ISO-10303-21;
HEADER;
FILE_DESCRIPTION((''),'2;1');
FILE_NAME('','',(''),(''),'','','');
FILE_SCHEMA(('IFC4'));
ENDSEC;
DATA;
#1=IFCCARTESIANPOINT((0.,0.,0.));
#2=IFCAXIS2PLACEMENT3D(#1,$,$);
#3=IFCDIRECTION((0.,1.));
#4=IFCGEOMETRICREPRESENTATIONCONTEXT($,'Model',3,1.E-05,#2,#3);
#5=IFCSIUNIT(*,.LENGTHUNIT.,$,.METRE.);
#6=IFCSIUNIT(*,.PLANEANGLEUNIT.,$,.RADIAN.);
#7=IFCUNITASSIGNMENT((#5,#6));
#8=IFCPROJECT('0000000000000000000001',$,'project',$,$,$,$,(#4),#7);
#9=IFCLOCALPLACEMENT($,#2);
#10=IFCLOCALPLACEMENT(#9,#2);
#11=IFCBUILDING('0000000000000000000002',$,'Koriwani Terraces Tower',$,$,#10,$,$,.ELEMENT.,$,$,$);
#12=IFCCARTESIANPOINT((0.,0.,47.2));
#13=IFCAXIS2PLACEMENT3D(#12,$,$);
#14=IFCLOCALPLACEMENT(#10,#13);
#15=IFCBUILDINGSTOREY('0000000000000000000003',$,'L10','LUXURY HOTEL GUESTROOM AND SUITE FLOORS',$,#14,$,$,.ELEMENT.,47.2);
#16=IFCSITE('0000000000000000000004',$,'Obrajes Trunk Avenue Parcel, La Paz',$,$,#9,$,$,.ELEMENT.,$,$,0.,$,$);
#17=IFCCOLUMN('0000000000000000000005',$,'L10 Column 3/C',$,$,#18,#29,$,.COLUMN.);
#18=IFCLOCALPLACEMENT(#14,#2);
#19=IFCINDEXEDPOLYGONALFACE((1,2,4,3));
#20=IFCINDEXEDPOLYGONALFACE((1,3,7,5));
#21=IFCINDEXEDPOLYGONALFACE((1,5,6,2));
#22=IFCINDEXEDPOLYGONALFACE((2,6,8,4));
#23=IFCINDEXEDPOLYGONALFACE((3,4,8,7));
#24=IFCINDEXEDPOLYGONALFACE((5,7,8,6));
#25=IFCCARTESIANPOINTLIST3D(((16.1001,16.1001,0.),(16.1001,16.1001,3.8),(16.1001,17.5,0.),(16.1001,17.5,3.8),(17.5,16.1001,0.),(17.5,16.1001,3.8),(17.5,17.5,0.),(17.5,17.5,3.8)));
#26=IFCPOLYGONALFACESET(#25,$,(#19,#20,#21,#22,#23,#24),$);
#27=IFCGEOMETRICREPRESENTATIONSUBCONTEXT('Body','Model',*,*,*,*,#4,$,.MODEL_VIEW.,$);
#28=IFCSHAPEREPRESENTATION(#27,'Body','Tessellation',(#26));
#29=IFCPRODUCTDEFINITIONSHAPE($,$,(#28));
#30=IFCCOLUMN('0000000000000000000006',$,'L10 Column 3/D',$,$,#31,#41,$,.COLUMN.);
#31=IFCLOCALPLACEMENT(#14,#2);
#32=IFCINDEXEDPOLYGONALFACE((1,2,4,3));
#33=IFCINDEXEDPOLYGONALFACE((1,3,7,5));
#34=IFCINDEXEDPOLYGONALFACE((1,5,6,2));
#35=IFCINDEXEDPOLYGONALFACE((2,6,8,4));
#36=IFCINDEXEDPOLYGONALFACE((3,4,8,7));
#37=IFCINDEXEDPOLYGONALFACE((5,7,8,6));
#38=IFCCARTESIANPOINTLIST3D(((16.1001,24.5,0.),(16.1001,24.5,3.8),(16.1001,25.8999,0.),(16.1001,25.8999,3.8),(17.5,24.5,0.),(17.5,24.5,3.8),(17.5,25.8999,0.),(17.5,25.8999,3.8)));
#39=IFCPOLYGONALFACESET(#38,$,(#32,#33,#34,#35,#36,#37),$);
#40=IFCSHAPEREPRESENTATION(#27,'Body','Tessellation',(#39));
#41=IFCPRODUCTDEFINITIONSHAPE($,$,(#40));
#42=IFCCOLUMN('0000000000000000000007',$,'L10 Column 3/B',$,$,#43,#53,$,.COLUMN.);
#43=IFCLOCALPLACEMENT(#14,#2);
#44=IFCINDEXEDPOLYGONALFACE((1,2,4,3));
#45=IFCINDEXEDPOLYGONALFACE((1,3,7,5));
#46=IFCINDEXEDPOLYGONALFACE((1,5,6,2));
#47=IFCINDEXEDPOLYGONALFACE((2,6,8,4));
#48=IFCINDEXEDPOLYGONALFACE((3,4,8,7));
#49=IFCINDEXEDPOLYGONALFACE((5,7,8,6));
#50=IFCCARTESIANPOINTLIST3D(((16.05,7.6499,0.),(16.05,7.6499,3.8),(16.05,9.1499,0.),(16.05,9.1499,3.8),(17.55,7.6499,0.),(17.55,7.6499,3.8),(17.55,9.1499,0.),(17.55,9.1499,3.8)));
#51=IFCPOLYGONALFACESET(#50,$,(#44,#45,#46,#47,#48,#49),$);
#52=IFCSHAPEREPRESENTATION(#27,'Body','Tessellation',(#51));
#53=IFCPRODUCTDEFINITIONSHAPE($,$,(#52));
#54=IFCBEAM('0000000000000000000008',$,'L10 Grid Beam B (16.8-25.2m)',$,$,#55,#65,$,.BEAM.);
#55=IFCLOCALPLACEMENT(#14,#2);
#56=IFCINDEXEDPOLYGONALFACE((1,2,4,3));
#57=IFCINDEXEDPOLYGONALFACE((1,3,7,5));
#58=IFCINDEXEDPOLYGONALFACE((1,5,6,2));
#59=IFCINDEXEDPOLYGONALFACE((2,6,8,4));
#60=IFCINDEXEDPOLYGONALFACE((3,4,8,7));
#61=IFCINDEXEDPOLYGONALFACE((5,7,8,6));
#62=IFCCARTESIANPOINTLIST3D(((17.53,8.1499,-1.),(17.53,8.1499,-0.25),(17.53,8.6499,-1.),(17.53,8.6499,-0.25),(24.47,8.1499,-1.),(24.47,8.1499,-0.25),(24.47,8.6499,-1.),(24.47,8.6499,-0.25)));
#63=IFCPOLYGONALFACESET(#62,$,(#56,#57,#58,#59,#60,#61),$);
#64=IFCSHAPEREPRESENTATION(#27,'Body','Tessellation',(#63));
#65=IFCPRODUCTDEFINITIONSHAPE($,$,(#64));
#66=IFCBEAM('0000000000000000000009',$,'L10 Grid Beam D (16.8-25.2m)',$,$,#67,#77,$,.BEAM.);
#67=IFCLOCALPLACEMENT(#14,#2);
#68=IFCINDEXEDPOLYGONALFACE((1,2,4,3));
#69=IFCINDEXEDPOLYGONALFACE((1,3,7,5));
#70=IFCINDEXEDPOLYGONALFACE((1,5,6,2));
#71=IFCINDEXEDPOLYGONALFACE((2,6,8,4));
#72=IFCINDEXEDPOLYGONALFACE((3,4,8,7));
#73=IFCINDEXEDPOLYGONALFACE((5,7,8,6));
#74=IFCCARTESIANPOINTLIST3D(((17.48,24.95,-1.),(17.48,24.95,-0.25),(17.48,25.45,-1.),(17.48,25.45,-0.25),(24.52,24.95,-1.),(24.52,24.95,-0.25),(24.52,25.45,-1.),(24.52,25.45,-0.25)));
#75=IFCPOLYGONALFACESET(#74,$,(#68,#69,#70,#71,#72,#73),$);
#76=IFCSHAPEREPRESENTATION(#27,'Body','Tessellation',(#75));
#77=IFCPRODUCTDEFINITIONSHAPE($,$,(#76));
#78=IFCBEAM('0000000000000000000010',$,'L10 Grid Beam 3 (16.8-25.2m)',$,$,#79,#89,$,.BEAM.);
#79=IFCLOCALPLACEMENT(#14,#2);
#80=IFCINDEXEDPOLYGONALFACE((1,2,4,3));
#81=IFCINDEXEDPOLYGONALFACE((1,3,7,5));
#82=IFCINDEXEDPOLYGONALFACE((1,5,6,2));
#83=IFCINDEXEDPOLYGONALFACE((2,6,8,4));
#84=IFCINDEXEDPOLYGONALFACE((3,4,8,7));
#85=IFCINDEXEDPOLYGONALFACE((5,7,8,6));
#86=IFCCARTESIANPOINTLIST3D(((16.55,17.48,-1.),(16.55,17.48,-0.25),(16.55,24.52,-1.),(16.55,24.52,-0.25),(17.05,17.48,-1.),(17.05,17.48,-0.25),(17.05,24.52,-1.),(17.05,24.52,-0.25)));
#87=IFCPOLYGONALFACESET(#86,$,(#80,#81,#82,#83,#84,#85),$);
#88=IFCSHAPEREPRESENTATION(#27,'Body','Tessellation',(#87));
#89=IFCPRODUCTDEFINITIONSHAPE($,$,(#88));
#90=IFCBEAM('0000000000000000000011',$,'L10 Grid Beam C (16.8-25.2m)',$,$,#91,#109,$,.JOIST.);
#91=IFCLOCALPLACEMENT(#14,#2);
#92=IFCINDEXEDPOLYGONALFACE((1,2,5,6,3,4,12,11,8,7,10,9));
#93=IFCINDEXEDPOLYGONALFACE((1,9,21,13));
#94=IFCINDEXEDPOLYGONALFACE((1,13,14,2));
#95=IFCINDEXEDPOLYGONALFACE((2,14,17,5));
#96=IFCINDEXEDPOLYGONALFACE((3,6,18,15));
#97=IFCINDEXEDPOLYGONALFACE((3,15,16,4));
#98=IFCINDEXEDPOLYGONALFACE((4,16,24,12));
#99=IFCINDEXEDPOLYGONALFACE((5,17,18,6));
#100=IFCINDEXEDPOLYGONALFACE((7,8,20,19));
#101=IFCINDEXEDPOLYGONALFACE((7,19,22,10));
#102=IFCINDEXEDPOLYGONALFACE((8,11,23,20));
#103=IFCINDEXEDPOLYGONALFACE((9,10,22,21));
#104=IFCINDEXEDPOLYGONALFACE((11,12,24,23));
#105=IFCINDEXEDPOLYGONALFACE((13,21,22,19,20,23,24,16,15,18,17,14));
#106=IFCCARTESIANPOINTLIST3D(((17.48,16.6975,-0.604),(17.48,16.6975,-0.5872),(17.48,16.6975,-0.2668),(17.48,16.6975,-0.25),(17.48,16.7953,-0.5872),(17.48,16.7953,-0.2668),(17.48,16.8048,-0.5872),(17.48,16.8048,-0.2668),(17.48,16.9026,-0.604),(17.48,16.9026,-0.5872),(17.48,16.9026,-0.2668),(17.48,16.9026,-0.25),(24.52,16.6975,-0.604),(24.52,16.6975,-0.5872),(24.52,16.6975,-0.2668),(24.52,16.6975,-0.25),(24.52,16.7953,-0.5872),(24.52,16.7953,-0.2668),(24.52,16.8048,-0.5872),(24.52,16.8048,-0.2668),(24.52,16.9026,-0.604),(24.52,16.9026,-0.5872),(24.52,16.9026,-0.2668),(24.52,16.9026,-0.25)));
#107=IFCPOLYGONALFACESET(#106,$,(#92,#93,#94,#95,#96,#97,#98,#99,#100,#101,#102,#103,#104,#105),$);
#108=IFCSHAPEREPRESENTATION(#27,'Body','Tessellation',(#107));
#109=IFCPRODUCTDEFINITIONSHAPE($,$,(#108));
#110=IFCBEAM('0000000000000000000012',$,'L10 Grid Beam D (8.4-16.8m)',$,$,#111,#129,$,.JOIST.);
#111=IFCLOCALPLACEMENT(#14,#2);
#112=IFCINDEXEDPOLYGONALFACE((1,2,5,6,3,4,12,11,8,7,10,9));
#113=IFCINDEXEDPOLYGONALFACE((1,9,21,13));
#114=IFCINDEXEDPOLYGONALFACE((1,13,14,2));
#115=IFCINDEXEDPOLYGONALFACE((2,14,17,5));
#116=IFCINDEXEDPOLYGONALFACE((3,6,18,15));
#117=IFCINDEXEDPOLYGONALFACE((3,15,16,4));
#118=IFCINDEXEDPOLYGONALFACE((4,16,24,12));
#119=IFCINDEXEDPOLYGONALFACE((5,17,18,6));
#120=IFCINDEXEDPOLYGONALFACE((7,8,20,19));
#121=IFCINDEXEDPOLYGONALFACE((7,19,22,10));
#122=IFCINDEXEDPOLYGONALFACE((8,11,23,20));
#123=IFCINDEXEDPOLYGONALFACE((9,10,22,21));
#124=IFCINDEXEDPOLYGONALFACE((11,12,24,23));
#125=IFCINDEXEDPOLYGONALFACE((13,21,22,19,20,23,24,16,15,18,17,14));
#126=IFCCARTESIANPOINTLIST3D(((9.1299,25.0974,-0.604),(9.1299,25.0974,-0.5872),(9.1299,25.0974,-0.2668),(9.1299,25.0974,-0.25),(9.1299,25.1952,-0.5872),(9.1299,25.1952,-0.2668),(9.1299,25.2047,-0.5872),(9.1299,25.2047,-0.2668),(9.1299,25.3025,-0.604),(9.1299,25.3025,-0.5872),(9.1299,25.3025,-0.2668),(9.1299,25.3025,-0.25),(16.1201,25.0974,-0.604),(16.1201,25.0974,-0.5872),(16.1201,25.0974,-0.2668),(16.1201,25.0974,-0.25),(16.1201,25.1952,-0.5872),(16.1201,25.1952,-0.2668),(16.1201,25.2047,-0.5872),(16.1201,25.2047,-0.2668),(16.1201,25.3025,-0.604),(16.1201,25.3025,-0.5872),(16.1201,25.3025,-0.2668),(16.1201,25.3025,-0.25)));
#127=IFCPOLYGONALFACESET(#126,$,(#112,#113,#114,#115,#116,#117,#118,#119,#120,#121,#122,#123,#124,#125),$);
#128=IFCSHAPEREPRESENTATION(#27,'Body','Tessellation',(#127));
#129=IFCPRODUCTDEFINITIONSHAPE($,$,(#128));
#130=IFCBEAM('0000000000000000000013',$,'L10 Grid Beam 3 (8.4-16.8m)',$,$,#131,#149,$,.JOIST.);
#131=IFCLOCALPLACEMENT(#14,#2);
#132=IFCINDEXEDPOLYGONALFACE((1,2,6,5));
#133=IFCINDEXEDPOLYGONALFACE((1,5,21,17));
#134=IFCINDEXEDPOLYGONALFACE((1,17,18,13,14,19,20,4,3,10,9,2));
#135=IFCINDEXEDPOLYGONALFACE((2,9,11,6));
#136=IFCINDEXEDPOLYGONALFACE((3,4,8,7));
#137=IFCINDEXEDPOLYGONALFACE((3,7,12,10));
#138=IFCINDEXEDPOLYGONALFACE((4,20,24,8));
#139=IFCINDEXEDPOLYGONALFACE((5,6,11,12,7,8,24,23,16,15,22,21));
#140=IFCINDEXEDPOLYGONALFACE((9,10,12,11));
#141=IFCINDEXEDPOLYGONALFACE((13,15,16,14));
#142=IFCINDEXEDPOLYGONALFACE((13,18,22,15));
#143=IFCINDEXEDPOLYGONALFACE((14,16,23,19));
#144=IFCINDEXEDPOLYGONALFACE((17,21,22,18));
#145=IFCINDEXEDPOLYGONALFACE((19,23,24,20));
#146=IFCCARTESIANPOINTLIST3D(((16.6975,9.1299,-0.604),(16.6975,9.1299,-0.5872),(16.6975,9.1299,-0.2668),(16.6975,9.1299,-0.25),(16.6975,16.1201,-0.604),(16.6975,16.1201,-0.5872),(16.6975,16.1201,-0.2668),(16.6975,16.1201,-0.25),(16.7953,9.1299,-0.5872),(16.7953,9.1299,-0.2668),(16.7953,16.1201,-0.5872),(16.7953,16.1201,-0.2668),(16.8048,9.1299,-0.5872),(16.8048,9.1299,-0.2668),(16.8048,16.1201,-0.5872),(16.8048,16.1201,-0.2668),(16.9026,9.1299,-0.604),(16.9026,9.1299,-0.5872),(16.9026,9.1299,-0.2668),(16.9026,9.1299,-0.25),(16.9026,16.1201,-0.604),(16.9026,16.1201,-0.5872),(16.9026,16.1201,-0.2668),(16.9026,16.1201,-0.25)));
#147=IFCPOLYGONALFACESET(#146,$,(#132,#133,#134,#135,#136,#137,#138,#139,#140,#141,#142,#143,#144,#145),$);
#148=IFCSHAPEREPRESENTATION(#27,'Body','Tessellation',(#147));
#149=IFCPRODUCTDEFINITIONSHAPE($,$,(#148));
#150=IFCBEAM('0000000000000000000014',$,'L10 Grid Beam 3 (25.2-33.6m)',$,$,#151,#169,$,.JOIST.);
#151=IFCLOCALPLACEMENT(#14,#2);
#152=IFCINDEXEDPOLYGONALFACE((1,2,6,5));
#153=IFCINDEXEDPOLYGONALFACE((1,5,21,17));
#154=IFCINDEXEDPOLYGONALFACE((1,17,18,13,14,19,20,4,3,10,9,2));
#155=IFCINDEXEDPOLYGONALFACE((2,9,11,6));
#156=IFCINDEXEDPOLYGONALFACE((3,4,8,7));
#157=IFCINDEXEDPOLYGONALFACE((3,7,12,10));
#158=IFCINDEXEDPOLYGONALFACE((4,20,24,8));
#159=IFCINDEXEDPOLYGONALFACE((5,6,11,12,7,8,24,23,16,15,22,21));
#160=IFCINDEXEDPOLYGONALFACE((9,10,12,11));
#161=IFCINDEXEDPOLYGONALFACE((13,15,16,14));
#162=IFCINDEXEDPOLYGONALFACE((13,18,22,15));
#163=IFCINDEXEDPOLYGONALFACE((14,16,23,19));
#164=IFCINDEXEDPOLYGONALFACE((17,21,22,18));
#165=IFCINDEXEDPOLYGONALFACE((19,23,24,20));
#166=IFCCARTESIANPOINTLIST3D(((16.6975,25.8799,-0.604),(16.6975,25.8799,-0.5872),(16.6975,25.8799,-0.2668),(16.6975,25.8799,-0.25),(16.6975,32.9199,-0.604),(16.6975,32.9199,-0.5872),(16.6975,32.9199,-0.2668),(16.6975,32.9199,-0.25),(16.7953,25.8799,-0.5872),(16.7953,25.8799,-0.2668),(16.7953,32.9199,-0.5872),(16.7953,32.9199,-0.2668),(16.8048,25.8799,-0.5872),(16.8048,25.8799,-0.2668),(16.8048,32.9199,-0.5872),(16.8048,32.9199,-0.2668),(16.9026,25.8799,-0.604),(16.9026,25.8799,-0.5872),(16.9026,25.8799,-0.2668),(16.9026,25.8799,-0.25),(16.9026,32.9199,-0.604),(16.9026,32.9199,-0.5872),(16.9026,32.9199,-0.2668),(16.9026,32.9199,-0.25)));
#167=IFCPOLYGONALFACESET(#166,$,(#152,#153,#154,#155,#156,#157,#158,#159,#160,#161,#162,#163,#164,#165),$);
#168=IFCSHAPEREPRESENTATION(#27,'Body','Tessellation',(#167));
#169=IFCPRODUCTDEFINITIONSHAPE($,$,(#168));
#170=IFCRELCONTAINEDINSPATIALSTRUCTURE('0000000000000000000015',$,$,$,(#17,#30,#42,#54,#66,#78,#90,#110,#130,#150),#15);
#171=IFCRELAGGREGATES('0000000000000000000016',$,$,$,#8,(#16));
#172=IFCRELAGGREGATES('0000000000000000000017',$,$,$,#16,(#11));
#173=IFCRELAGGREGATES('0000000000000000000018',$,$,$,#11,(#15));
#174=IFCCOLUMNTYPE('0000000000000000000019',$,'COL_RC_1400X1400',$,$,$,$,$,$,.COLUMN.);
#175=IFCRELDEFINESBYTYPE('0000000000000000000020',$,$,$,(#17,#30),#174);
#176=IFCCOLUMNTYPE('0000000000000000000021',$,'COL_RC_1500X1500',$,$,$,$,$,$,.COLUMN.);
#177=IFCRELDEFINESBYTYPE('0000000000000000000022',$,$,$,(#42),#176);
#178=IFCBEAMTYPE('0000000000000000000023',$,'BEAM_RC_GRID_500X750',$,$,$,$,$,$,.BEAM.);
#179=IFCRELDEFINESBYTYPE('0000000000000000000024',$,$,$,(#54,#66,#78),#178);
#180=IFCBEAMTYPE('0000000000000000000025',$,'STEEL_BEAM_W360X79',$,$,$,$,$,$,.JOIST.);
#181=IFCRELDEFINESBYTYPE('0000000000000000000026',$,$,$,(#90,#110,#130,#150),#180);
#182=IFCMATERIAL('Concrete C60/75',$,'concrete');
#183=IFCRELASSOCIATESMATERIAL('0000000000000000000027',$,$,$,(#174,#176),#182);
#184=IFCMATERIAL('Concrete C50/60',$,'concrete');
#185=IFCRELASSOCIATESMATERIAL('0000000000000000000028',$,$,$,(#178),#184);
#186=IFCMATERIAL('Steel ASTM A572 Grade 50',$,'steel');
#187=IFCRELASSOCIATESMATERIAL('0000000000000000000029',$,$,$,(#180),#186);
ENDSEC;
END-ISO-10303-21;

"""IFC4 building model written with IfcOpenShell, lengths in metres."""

from ifc_helpers import new_model, si_unit, direction, frame, origin, origin_2d, place, context, subcontext, project, spatial, rectangle, i_section, extrude, material, material_profile, profile_set, type_object, element, save


model = new_model("IFC4")

# Units and contexts
model_context = context("Model", 3, precision=1e-05, world=origin(), true_north=direction((0.0, 1.0)))
body_context = subcontext(model_context, "Body", "Model", "MODEL_VIEW")
ifc_project = project(units=[si_unit("LENGTHUNIT", "METRE"), si_unit("PLANEANGLEUNIT", "RADIAN")], contexts=[model_context])

# Site, building, storey
site_placement = place(None, origin())
site = spatial("IfcSite", under=ifc_project, at=site_placement, Name="Obrajes Trunk Avenue Parcel, La Paz", CompositionType="ELEMENT", RefElevation=0.0)
building_placement = place(site_placement, origin())
building = spatial("IfcBuilding", under=site, at=building_placement, Name="Koriwani Terraces Tower", CompositionType="ELEMENT")
storey_placement = place(building_placement, frame((0.0, 0.0, 47.2)))
storey = spatial("IfcBuildingStorey", under=building, at=storey_placement, Name="L10", Description="LUXURY HOTEL GUESTROOM AND SUITE FLOORS", CompositionType="ELEMENT", Elevation=47.2)

# Columns
ifc_material_1 = material(Name="Concrete C60/75", Category="concrete")
ifc_material_profile_1 = material_profile(ifc_material_1, rectangle(XDim=1.3999, YDim=1.3999, at=origin_2d()), Name="Concrete C60/75", Category="LoadBearing")
ifc_profile_set_1 = profile_set([ifc_material_profile_1], Name="Concrete C60/75")
column_type_1 = type_object("IfcColumnType", Name="COL_RC_1400X1400", PredefinedType="COLUMN", material=ifc_profile_set_1)
for number, where, z_axis, x_axis, name in (
    (1, (16.8, 16.8, 0.0), (0.0, 0.0, 1.0), (1.0, 0.0, 0.0), "L10 Column 3/C"),
    (2, (16.8, 25.2, 0.0), (0.0, 0.0, 1.0), (1.0, 0.0, 0.0), "L10 Column 3/D"),
):
    element("IfcColumn", number, at=place(storey_placement, frame(where, z_axis=z_axis, x_axis=x_axis)), inside=storey, type_object=column_type_1, Name=name, PredefinedType="COLUMN", context=body_context, shape_type="SweptSolid", body=[
        extrude(rectangle(XDim=1.3999, YDim=1.3999, at=origin_2d()), origin(), (0.0, 0.0, 1.0), 3.8),
    ])
ifc_material_profile_2 = material_profile(ifc_material_1, rectangle(XDim=1.5, YDim=1.5, at=origin_2d()), Name="Concrete C60/75", Category="LoadBearing")
ifc_profile_set_2 = profile_set([ifc_material_profile_2], Name="Concrete C60/75")
column_type_2 = type_object("IfcColumnType", Name="COL_RC_1500X1500", PredefinedType="COLUMN", material=ifc_profile_set_2)
column_placement = place(storey_placement, frame((16.8, 8.3999, 0.0), z_axis=(0.0, 0.0, 1.0), x_axis=(1.0, 0.0, 0.0)))
element("IfcColumn", 3, at=column_placement, inside=storey, type_object=column_type_2, Name="L10 Column 3/B", PredefinedType="COLUMN", context=body_context, shape_type="SweptSolid", body=[
    extrude(rectangle(XDim=1.5, YDim=1.5, at=origin_2d()), origin(), (0.0, 0.0, 1.0), 3.8),
])

# Beams
ifc_material_2 = material(Name="Concrete C50/60", Category="concrete")
ifc_material_profile_3 = material_profile(ifc_material_2, rectangle(XDim=0.5, YDim=0.75, at=origin_2d()), Name="Concrete C50/60", Category="LoadBearing")
ifc_profile_set_3 = profile_set([ifc_material_profile_3], Name="Concrete C50/60")
beam_type_1 = type_object("IfcBeamType", Name="BEAM_RC_GRID_500X750", PredefinedType="BEAM", material=ifc_profile_set_3)
beam_1_placement = place(storey_placement, frame((17.53, 8.3999, -0.625), z_axis=(1.0, 0.0, 0.0), x_axis=(0.0, 1.0, 0.0)))
element("IfcBeam", 4, at=beam_1_placement, inside=storey, type_object=beam_type_1, Name="L10 Grid Beam B (16.8-25.2m)", PredefinedType="BEAM", context=body_context, shape_type="SweptSolid", body=[
    extrude(rectangle(XDim=0.5, YDim=0.75, at=origin_2d()), origin(), (0.0, 0.0, 1.0), 6.9399),
])
for number, where, z_axis, x_axis, name in (
    (5, (17.48, 25.2, -0.625), (1.0, 0.0, 0.0), (0.0, 1.0, 0.0), "L10 Grid Beam D (16.8-25.2m)"),
    (6, (16.8, 17.48, -0.625), (0.0, 1.0, 0.0), (-1.0, 0.0, 0.0), "L10 Grid Beam 3 (16.8-25.2m)"),
):
    element("IfcBeam", number, at=place(storey_placement, frame(where, z_axis=z_axis, x_axis=x_axis)), inside=storey, type_object=beam_type_1, Name=name, PredefinedType="BEAM", context=body_context, shape_type="SweptSolid", body=[
        extrude(rectangle(XDim=0.5, YDim=0.75, at=origin_2d()), origin(), (0.0, 0.0, 1.0), 7.04),
    ])
ifc_material_3 = material(Name="Steel ASTM A572 Grade 50", Category="steel")
ifc_material_profile_4 = material_profile(ifc_material_3, i_section(OverallWidth=0.2051, OverallDepth=0.354, WebThickness=0.0095, FlangeThickness=0.0168, at=origin_2d()), Name="Steel ASTM A572 Grade 50", Category="LoadBearing")
ifc_profile_set_4 = profile_set([ifc_material_profile_4], Name="Steel ASTM A572 Grade 50")
beam_type_2 = type_object("IfcBeamType", Name="STEEL_BEAM_W360X79", PredefinedType="JOIST", material=ifc_profile_set_4)
beam_2_placement = place(storey_placement, frame((17.48, 16.8, -0.427), z_axis=(1.0, 0.0, 0.0), x_axis=(0.0, 1.0, 0.0)))
element("IfcBeam", 7, at=beam_2_placement, inside=storey, type_object=beam_type_2, Name="L10 Grid Beam C (16.8-25.2m)", PredefinedType="JOIST", context=body_context, shape_type="SweptSolid", body=[
    extrude(i_section(OverallWidth=0.2051, OverallDepth=0.354, WebThickness=0.0095, FlangeThickness=0.0168, at=origin_2d()), origin(), (0.0, 0.0, 1.0), 7.04),
])
for number, where, z_axis, x_axis, name in (
    (8, (9.1299, 25.2, -0.427), (1.0, 0.0, 0.0), (0.0, 1.0, 0.0), "L10 Grid Beam D (8.4-16.8m)"),
    (9, (16.8, 9.1299, -0.427), (0.0, 1.0, 0.0), (-1.0, 0.0, 0.0), "L10 Grid Beam 3 (8.4-16.8m)"),
):
    element("IfcBeam", number, at=place(storey_placement, frame(where, z_axis=z_axis, x_axis=x_axis)), inside=storey, type_object=beam_type_2, Name=name, PredefinedType="JOIST", context=body_context, shape_type="SweptSolid", body=[
        extrude(i_section(OverallWidth=0.2051, OverallDepth=0.354, WebThickness=0.0095, FlangeThickness=0.0168, at=origin_2d()), origin(), (0.0, 0.0, 1.0), 6.9902),
    ])
beam_3_placement = place(storey_placement, frame((16.8, 25.8799, -0.427), z_axis=(0.0, 1.0, 0.0), x_axis=(-1.0, 0.0, 0.0)))
element("IfcBeam", 10, at=beam_3_placement, inside=storey, type_object=beam_type_2, Name="L10 Grid Beam 3 (25.2-33.6m)", PredefinedType="JOIST", context=body_context, shape_type="SweptSolid", body=[
    extrude(i_section(OverallWidth=0.2051, OverallDepth=0.354, WebThickness=0.0095, FlangeThickness=0.0168, at=origin_2d()), origin(), (0.0, 0.0, 1.0), 7.04),
])

save(model, "model.ifc")
